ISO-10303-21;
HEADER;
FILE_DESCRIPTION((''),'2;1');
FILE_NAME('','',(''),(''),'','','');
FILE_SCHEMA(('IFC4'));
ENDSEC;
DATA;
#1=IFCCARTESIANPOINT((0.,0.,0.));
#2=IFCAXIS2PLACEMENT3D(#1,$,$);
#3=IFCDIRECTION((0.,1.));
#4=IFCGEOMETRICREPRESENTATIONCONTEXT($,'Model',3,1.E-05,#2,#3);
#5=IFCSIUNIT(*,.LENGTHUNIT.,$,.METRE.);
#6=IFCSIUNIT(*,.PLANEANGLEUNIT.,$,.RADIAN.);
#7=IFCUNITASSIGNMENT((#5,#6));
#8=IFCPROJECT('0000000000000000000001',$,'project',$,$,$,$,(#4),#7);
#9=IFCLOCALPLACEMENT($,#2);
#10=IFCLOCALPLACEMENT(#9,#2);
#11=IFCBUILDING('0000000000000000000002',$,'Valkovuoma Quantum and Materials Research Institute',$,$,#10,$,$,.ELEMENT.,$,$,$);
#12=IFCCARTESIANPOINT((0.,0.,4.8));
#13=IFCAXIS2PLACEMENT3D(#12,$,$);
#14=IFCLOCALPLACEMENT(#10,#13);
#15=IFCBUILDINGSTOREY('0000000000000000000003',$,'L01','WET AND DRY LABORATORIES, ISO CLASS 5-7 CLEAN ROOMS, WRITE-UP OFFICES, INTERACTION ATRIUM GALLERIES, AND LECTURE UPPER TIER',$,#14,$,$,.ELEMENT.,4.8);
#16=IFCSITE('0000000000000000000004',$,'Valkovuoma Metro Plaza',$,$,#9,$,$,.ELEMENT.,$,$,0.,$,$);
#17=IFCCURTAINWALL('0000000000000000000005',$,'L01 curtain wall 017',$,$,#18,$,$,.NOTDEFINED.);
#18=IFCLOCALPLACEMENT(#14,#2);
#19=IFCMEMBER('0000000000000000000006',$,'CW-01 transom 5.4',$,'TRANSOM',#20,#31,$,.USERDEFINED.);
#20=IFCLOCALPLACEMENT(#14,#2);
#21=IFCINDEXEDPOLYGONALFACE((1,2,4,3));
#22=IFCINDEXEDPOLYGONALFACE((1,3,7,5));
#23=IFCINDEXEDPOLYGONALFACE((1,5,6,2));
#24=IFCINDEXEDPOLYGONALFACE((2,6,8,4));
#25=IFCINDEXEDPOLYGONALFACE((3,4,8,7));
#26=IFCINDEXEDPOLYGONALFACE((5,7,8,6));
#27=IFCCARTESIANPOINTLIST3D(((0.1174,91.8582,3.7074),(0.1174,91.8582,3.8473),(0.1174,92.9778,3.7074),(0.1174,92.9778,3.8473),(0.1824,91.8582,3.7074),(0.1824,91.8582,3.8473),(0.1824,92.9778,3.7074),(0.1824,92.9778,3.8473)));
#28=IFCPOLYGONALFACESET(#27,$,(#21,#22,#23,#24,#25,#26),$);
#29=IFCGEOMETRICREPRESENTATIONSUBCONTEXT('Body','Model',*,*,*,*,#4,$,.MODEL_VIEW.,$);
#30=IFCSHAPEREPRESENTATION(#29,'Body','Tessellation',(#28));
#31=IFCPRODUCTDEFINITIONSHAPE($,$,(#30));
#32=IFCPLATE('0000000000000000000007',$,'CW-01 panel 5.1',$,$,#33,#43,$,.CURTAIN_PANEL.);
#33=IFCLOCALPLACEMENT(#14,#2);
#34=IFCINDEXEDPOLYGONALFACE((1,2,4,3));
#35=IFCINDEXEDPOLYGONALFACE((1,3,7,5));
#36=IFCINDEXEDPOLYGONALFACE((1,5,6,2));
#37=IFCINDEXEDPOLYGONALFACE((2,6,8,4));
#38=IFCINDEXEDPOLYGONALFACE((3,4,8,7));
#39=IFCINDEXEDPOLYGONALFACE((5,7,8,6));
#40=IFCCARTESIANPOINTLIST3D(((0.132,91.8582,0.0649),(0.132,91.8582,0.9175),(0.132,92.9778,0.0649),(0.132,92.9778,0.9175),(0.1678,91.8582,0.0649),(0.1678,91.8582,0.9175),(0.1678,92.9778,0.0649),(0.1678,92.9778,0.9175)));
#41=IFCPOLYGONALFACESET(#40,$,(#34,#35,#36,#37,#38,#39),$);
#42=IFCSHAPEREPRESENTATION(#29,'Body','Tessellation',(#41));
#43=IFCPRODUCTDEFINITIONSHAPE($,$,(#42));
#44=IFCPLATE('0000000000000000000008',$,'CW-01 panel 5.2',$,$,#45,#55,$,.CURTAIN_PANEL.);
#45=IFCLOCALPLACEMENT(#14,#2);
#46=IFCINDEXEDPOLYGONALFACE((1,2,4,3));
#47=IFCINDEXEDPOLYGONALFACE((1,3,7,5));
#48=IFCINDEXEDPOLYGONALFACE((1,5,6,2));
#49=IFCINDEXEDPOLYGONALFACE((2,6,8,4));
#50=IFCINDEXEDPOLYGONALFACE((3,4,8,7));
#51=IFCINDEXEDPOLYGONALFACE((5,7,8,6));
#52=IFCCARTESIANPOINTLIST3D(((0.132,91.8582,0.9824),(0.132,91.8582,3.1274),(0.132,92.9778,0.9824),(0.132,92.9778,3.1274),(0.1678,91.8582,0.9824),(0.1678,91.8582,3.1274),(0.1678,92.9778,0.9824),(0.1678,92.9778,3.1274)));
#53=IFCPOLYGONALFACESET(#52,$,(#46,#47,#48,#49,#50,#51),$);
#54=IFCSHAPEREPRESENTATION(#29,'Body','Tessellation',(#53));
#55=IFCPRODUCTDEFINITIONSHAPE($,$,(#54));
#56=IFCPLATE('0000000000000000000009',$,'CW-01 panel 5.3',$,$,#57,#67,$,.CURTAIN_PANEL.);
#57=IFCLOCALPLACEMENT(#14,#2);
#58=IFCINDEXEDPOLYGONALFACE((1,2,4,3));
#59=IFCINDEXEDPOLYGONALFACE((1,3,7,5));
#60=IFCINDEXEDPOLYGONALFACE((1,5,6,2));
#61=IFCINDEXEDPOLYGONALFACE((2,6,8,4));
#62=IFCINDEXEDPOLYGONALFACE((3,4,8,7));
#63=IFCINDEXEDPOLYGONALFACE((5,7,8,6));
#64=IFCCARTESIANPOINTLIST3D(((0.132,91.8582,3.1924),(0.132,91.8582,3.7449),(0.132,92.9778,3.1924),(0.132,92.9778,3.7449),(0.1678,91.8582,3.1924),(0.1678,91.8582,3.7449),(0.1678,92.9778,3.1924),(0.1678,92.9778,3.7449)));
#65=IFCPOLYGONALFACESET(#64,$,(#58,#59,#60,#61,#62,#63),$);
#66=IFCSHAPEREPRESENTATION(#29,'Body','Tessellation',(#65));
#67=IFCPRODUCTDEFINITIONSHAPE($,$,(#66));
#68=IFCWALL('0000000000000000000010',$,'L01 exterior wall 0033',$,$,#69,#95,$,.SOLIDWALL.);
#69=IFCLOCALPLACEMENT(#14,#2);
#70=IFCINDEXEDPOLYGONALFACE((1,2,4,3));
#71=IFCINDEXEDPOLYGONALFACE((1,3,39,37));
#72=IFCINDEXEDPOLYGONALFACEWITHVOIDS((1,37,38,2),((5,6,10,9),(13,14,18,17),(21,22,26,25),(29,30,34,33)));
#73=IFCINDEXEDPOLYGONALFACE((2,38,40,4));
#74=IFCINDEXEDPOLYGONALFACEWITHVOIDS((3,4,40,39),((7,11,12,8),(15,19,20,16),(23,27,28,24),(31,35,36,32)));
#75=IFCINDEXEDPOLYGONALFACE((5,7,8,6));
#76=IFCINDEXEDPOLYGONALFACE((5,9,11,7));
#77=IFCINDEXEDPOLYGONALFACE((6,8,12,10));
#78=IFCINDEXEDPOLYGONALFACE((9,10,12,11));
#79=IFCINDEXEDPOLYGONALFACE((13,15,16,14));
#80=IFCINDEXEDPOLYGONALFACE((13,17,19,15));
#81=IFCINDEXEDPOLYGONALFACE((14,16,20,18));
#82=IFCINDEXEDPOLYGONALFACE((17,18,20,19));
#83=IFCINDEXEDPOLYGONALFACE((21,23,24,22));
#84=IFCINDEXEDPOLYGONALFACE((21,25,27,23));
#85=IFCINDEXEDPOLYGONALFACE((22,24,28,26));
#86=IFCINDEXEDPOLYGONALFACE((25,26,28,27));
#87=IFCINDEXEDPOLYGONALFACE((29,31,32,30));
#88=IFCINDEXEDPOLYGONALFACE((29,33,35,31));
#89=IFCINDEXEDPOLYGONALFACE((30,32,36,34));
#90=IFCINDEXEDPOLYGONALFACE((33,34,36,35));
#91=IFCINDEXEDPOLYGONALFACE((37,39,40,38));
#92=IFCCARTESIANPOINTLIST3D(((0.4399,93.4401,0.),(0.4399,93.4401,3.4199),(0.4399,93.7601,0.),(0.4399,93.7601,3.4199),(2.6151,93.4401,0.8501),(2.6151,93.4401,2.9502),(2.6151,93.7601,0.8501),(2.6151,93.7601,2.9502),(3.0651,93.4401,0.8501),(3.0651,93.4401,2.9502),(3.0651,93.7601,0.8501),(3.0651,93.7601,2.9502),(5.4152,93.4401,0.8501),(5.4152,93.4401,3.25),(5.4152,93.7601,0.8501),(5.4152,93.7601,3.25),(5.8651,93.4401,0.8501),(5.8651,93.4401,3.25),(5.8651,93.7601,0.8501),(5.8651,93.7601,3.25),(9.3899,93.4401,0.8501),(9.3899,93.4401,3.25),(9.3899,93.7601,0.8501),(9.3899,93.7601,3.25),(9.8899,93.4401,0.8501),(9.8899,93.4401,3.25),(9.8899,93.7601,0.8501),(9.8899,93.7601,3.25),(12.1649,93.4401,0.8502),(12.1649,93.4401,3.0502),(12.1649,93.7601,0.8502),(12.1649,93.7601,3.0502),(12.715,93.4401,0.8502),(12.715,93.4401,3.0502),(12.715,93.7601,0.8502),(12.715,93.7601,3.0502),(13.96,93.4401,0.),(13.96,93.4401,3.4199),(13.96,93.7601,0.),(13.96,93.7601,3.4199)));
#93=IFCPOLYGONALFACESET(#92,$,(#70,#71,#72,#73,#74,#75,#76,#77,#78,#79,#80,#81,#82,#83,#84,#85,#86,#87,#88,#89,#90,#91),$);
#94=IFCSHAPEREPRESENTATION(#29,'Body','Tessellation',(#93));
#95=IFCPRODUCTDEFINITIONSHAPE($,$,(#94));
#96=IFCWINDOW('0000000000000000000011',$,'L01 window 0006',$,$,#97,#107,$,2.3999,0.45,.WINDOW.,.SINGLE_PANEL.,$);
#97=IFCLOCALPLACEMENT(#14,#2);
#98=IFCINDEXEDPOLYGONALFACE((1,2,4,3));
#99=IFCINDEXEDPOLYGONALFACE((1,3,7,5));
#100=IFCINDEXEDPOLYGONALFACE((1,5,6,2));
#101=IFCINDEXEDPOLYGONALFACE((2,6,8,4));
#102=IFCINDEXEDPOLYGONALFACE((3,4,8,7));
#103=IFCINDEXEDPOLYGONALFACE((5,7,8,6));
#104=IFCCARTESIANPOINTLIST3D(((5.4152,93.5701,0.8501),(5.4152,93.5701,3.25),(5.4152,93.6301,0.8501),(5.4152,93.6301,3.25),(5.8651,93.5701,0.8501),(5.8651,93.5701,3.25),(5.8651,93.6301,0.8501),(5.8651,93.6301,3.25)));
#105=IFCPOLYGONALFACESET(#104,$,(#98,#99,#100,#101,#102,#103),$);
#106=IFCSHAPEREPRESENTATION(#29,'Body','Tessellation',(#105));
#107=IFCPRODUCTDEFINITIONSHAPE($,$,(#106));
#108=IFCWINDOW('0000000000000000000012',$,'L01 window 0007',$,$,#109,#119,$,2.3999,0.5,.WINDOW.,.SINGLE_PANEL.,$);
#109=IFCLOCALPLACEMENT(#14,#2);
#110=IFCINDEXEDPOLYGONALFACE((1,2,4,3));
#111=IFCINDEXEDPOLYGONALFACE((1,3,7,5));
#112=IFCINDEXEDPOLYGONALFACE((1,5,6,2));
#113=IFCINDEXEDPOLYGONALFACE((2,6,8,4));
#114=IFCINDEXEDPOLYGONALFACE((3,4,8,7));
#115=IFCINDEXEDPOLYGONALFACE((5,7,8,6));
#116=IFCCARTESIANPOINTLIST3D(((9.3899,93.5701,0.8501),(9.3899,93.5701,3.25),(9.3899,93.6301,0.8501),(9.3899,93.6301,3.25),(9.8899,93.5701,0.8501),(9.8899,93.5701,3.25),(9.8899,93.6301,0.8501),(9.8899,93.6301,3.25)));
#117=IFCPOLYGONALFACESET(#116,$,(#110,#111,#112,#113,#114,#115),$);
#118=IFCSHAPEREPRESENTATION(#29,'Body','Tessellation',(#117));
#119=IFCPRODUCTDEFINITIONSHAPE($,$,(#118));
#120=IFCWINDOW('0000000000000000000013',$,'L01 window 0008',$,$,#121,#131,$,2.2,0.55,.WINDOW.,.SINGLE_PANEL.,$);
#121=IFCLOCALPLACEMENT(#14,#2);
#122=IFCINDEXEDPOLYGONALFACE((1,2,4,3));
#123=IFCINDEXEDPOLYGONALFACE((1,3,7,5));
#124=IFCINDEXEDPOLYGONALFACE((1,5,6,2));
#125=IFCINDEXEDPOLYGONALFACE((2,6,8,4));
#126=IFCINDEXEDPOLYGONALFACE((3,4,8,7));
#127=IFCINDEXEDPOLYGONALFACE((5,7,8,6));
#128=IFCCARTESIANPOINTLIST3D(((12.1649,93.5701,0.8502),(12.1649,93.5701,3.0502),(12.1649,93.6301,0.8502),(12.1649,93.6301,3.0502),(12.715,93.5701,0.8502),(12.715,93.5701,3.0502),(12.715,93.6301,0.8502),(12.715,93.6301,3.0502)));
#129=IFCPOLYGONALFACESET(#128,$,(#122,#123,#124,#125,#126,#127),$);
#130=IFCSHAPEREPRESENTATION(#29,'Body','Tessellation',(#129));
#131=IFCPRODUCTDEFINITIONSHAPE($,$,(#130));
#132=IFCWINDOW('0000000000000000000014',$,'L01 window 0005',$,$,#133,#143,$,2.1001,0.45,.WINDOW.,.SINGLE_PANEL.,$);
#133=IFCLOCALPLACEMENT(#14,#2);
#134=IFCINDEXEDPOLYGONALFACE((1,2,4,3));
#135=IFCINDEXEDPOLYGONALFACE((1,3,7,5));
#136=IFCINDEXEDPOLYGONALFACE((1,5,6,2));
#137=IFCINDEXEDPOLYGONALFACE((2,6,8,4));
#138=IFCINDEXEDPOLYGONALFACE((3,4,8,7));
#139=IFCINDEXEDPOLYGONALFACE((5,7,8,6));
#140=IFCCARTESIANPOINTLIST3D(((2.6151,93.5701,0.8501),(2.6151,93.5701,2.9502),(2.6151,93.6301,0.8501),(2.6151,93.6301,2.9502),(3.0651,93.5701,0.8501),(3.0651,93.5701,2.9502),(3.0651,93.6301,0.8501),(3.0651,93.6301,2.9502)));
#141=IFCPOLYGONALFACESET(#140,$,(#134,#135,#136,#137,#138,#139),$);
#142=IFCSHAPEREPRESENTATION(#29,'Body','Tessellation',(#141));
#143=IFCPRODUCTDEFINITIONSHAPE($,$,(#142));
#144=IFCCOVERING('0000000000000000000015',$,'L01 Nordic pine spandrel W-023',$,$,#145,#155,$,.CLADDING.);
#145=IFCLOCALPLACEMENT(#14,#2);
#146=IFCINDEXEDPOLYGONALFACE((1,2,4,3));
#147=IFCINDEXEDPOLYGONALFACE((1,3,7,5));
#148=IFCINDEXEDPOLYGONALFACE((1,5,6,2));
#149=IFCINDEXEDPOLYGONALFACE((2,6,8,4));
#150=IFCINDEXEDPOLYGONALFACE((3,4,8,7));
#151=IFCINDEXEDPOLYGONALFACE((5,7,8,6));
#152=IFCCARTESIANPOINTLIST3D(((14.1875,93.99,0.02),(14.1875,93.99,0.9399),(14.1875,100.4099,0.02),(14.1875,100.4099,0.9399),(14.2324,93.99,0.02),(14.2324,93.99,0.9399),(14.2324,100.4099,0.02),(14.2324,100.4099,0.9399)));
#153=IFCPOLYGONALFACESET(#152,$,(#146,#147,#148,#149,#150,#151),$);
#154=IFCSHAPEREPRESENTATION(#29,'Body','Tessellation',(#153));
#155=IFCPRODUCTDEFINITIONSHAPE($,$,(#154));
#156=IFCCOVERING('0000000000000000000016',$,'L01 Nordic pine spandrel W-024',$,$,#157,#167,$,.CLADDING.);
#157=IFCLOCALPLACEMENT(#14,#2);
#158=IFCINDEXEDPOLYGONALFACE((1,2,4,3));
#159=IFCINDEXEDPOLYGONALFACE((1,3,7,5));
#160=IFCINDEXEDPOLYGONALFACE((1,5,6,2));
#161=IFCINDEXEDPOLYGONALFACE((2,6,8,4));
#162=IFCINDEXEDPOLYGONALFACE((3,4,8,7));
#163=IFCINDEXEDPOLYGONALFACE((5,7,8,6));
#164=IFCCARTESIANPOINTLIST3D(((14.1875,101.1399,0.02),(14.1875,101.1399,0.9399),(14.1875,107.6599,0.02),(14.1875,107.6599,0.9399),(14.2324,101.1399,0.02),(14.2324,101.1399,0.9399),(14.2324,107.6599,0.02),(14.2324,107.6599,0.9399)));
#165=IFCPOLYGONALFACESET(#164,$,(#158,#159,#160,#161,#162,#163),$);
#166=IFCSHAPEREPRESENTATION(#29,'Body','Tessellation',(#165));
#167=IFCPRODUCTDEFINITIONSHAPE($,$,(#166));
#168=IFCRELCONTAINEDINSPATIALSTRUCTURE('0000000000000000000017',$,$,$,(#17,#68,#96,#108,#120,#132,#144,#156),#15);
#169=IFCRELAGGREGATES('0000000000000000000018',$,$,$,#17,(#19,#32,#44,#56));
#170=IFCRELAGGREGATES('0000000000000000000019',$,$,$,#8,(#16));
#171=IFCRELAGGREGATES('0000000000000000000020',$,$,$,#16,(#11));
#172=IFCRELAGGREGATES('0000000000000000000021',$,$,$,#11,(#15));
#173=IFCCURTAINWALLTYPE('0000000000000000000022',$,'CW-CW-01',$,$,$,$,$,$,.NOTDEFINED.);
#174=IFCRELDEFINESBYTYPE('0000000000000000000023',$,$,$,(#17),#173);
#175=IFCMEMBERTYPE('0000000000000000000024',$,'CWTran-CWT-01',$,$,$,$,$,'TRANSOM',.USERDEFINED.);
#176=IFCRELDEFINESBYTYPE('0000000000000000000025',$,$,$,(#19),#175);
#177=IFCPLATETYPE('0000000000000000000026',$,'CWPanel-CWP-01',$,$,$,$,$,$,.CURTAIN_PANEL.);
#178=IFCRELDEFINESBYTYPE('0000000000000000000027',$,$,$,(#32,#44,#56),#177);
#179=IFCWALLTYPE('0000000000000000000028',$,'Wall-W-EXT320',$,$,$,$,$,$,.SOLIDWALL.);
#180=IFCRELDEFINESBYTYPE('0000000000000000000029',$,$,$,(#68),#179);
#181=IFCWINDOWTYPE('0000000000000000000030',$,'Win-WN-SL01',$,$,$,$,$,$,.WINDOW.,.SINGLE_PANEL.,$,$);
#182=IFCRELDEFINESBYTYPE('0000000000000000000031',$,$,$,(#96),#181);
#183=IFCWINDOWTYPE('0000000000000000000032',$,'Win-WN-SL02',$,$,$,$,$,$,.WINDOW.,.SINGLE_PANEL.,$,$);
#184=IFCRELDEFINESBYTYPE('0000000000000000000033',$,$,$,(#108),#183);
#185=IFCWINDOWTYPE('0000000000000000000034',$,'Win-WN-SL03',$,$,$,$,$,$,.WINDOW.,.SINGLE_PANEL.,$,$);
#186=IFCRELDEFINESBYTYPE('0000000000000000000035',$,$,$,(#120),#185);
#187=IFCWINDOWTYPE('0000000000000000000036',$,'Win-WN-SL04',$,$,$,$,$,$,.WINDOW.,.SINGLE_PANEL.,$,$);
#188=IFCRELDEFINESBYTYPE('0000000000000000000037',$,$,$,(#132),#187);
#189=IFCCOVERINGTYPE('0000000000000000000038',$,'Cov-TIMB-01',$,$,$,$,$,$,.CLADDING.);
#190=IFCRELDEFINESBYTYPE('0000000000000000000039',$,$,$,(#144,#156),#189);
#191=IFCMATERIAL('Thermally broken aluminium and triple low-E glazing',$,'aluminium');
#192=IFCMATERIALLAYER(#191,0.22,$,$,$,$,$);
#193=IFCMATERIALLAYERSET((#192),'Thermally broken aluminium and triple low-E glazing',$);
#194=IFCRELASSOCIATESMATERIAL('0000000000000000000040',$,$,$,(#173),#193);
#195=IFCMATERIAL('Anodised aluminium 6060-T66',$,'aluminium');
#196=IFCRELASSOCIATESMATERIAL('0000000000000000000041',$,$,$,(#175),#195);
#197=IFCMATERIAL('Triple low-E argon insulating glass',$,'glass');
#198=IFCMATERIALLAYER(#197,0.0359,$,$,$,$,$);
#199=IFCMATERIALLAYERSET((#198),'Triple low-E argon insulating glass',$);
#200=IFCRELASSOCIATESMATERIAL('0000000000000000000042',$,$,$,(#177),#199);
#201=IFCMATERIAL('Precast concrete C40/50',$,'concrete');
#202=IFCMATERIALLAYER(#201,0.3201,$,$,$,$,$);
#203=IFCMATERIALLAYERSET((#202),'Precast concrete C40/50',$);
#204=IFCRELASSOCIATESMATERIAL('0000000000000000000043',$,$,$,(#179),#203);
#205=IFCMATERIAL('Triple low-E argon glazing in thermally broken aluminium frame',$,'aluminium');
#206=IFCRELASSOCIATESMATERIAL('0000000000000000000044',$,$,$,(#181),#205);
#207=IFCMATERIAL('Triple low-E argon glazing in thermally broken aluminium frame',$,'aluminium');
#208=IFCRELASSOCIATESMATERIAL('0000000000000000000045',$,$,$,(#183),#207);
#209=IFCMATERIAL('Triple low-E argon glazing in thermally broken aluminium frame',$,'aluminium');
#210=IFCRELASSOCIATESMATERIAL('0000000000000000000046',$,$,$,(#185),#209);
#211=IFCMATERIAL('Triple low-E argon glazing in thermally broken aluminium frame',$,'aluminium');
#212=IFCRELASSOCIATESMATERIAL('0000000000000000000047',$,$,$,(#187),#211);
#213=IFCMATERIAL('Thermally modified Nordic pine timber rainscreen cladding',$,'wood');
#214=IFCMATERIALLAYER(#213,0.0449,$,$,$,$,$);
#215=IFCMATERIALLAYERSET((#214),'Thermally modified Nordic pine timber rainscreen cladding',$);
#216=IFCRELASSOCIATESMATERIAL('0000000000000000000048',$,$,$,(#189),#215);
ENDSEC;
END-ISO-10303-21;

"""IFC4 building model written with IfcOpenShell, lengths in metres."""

from ifc_helpers import new_model, si_unit, direction, frame, frame_2d, origin, origin_2d, place, context, subcontext, project, spatial, rectangle, extrude, material, layer, layer_set, material_profile, profile_set, type_object, element, fill, aggregate, save


model = new_model("IFC4")

# Units and contexts
model_context = context("Model", 3, precision=1e-05, world=origin(), true_north=direction((0.0, 1.0)))
body_context = subcontext(model_context, "Body", "Model", "MODEL_VIEW")
ifc_project = project(units=[si_unit("LENGTHUNIT", "METRE"), si_unit("PLANEANGLEUNIT", "RADIAN")], contexts=[model_context])

# Site, building, storey
site_placement = place(None, origin())
site = spatial("IfcSite", under=ifc_project, at=site_placement, Name="Valkovuoma Metro Plaza", CompositionType="ELEMENT", RefElevation=0.0)
building_placement = place(site_placement, origin())
building = spatial("IfcBuilding", under=site, at=building_placement, Name="Valkovuoma Quantum and Materials Research Institute", CompositionType="ELEMENT")
storey_placement = place(building_placement, frame((0.0, 0.0, 4.8)))
storey = spatial("IfcBuildingStorey", under=building, at=storey_placement, Name="L01", Description="WET AND DRY LABORATORIES, ISO CLASS 5-7 CLEAN ROOMS, WRITE-UP OFFICES, INTERACTION ATRIUM GALLERIES, AND LECTURE UPPER TIER", CompositionType="ELEMENT", Elevation=4.8)

# Curtain wall, member, plates
ifc_material_1 = material(Name="Thermally broken aluminium and triple low-E glazing", Category="aluminium")
ifc_layer_1 = layer(ifc_material_1, 0.22)
ifc_layer_set_1 = layer_set([ifc_layer_1], Name="Thermally broken aluminium and triple low-E glazing")
curtain_wall_type = type_object("IfcCurtainWallType", Name="CW-CW-01", PredefinedType="NOTDEFINED", material=ifc_layer_set_1)
curtain_wall_placement = place(storey_placement, origin())
curtain_wall = element("IfcCurtainWall", 1, at=curtain_wall_placement, inside=storey, type_object=curtain_wall_type, Name="L01 curtain wall 017", PredefinedType="NOTDEFINED")
ifc_material_2 = material(Name="Anodised aluminium 6060-T66", Category="aluminium")
ifc_material_profile_1 = material_profile(ifc_material_2, rectangle(XDim=0.0649, YDim=0.1399, at=origin_2d()), Name="Anodised aluminium 6060-T66")
ifc_profile_set_1 = profile_set([ifc_material_profile_1], Name="Anodised aluminium 6060-T66")
member_type_1 = type_object("IfcMemberType", Name="CWTran-CWT-01", ElementType="TRANSOM", PredefinedType="USERDEFINED", material=ifc_profile_set_1)
member_1_placement = place(storey_placement, frame((0.1499, 91.8582, 3.7773), z_axis=(0.0, 1.0, 0.0), x_axis=(-1.0, 0.0, 0.0)))
member_1 = element("IfcMember", 2, at=member_1_placement, type_object=member_type_1, Name="CW-01 transom 5.4", ObjectType="TRANSOM", PredefinedType="USERDEFINED", context=body_context, shape_type="SweptSolid", body=[
    extrude(rectangle(XDim=0.0649, YDim=0.1399, at=origin_2d()), origin(), (0.0, 0.0, 1.0), 1.1196),
])
ifc_material_3 = material(Name="Triple low-E argon insulating glass", Category="glass")
ifc_layer_2 = layer(ifc_material_3, 0.0359)
ifc_layer_set_2 = layer_set([ifc_layer_2], Name="Triple low-E argon insulating glass")
plate_type = type_object("IfcPlateType", Name="CWPanel-CWP-01", PredefinedType="CURTAIN_PANEL", material=ifc_layer_set_2)
plate_1_placement = place(storey_placement, frame((0.1499, 92.418, 0.0649), z_axis=(0.0, 0.0, 1.0), x_axis=(0.0, 1.0, 0.0)))
plate_1 = element("IfcPlate", 3, at=plate_1_placement, type_object=plate_type, Name="CW-01 panel 5.1", PredefinedType="CURTAIN_PANEL", context=body_context, shape_type="SweptSolid", body=[
    extrude(rectangle(XDim=1.1196, YDim=0.0359, at=origin_2d()), origin(), (0.0, 0.0, 1.0), 0.8525),
])
plate_2_placement = place(storey_placement, frame((0.1499, 92.418, 0.9824), z_axis=(0.0, 0.0, 1.0), x_axis=(0.0, 1.0, 0.0)))
plate_2 = element("IfcPlate", 4, at=plate_2_placement, type_object=plate_type, Name="CW-01 panel 5.2", PredefinedType="CURTAIN_PANEL", context=body_context, shape_type="SweptSolid", body=[
    extrude(rectangle(XDim=1.1196, YDim=0.0359, at=origin_2d()), origin(), (0.0, 0.0, 1.0), 2.145),
])
plate_3_placement = place(storey_placement, frame((0.1499, 92.418, 3.1924), z_axis=(0.0, 0.0, 1.0), x_axis=(0.0, 1.0, 0.0)))
plate_3 = element("IfcPlate", 5, at=plate_3_placement, type_object=plate_type, Name="CW-01 panel 5.3", PredefinedType="CURTAIN_PANEL", context=body_context, shape_type="SweptSolid", body=[
    extrude(rectangle(XDim=1.1196, YDim=0.0359, at=origin_2d()), origin(), (0.0, 0.0, 1.0), 0.5525),
])
aggregate(curtain_wall, [member_1, plate_1, plate_2, plate_3])

# Wall, openings, windows
ifc_material_4 = material(Name="Precast concrete C40/50", Category="concrete")
ifc_layer_3 = layer(ifc_material_4, 0.3201)
ifc_layer_set_3 = layer_set([ifc_layer_3], Name="Precast concrete C40/50")
wall_type = type_object("IfcWallType", Name="Wall-W-EXT320", PredefinedType="SOLIDWALL", material=ifc_layer_set_3)
wall_placement = place(storey_placement, frame((0.4399, 93.6001, 0.0), z_axis=(0.0, 0.0, 1.0), x_axis=(1.0, 0.0, 0.0)))
wall = element("IfcWall", 6, at=wall_placement, inside=storey, type_object=wall_type, Name="L01 exterior wall 0033", PredefinedType="SOLIDWALL", context=body_context, shape_type="SweptSolid", body=[
    extrude(rectangle(XDim=13.52, YDim=0.3201, at=frame_2d((6.76, 0.0))), origin(), (0.0, 0.0, 1.0), 3.4199),
])
opening_1_placement = place(wall_placement, frame((2.175, 0.0, 0.8501)))
opening_1 = element("IfcOpeningElement", 7, at=opening_1_placement, cuts=wall, PredefinedType="OPENING", context=body_context, shape_type="SweptSolid", body=[
    extrude(rectangle(XDim=0.45, YDim=2.1001, at=frame_2d((0.2251, 1.05))), frame((0.0, 0.1699, 0.0), z_axis=(0.0, -1.0, 0.0), x_axis=(1.0, 0.0, 0.0)), (0.0, 0.0, 1.0), 0.3401),
])
opening_2_placement = place(wall_placement, frame((4.9751, 0.0, 0.8501)))
opening_2 = element("IfcOpeningElement", 8, at=opening_2_placement, cuts=wall, PredefinedType="OPENING", context=body_context, shape_type="SweptSolid", body=[
    extrude(rectangle(XDim=0.45, YDim=2.3999, at=frame_2d((0.2251, 1.2))), frame((0.0, 0.1699, 0.0), z_axis=(0.0, -1.0, 0.0), x_axis=(1.0, 0.0, 0.0)), (0.0, 0.0, 1.0), 0.3401),
])
opening_3_placement = place(wall_placement, frame((8.95, 0.0, 0.8501)))
opening_3 = element("IfcOpeningElement", 9, at=opening_3_placement, cuts=wall, PredefinedType="OPENING", context=body_context, shape_type="SweptSolid", body=[
    extrude(rectangle(XDim=0.5, YDim=2.3999, at=frame_2d((0.25, 1.2))), frame((0.0, 0.1699, 0.0), z_axis=(0.0, -1.0, 0.0), x_axis=(1.0, 0.0, 0.0)), (0.0, 0.0, 1.0), 0.3401),
])
opening_4_placement = place(wall_placement, frame((11.7251, 0.0, 0.8501)))
opening_4 = element("IfcOpeningElement", 10, at=opening_4_placement, cuts=wall, PredefinedType="OPENING", context=body_context, shape_type="SweptSolid", body=[
    extrude(rectangle(XDim=0.55, YDim=2.2, at=frame_2d((0.2749, 1.1001))), frame((0.0, 0.1699, 0.0), z_axis=(0.0, -1.0, 0.0), x_axis=(1.0, 0.0, 0.0)), (0.0, 0.0, 1.0), 0.3401),
])
ifc_material_5 = material(Name="Triple low-E argon glazing in thermally broken aluminium frame", Category="aluminium")
window_type_1 = type_object("IfcWindowType", Name="Win-WN-SL01", PartitioningType="SINGLE_PANEL", PredefinedType="WINDOW", material=ifc_material_5)
window_1_placement = place(opening_2_placement, origin())
window_1 = element("IfcWindow", 11, at=window_1_placement, inside=storey, type_object=window_type_1, Name="L01 window 0006", OverallHeight=2.3999, OverallWidth=0.45, PartitioningType="SINGLE_PANEL", PredefinedType="WINDOW", context=body_context, shape_type="SweptSolid", body=[
    extrude(rectangle(XDim=0.45, YDim=2.3999, at=frame_2d((0.2251, 1.2))), frame((0.0, 0.03, 0.0), z_axis=(0.0, -1.0, 0.0), x_axis=(1.0, 0.0, 0.0)), (0.0, 0.0, 1.0), 0.0601),
])
fill(opening_2, window_1)
ifc_material_6 = material(Name="Triple low-E argon glazing in thermally broken aluminium frame", Category="aluminium")
window_type_2 = type_object("IfcWindowType", Name="Win-WN-SL02", PartitioningType="SINGLE_PANEL", PredefinedType="WINDOW", material=ifc_material_6)
window_2_placement = place(opening_3_placement, origin())
window_2 = element("IfcWindow", 12, at=window_2_placement, inside=storey, type_object=window_type_2, Name="L01 window 0007", OverallHeight=2.3999, OverallWidth=0.5, PartitioningType="SINGLE_PANEL", PredefinedType="WINDOW", context=body_context, shape_type="SweptSolid", body=[
    extrude(rectangle(XDim=0.5, YDim=2.3999, at=frame_2d((0.25, 1.2))), frame((0.0, 0.03, 0.0), z_axis=(0.0, -1.0, 0.0), x_axis=(1.0, 0.0, 0.0)), (0.0, 0.0, 1.0), 0.0601),
])
fill(opening_3, window_2)
ifc_material_7 = material(Name="Triple low-E argon glazing in thermally broken aluminium frame", Category="aluminium")
window_type_3 = type_object("IfcWindowType", Name="Win-WN-SL03", PartitioningType="SINGLE_PANEL", PredefinedType="WINDOW", material=ifc_material_7)
window_3_placement = place(opening_4_placement, origin())
window_3 = element("IfcWindow", 13, at=window_3_placement, inside=storey, type_object=window_type_3, Name="L01 window 0008", OverallHeight=2.2, OverallWidth=0.55, PartitioningType="SINGLE_PANEL", PredefinedType="WINDOW", context=body_context, shape_type="SweptSolid", body=[
    extrude(rectangle(XDim=0.55, YDim=2.2, at=frame_2d((0.2749, 1.1001))), frame((0.0, 0.03, 0.0), z_axis=(0.0, -1.0, 0.0), x_axis=(1.0, 0.0, 0.0)), (0.0, 0.0, 1.0), 0.0601),
])
fill(opening_4, window_3)
ifc_material_8 = material(Name="Triple low-E argon glazing in thermally broken aluminium frame", Category="aluminium")
window_type_4 = type_object("IfcWindowType", Name="Win-WN-SL04", PartitioningType="SINGLE_PANEL", PredefinedType="WINDOW", material=ifc_material_8)
window_4_placement = place(opening_1_placement, origin())
window_4 = element("IfcWindow", 14, at=window_4_placement, inside=storey, type_object=window_type_4, Name="L01 window 0005", OverallHeight=2.1001, OverallWidth=0.45, PartitioningType="SINGLE_PANEL", PredefinedType="WINDOW", context=body_context, shape_type="SweptSolid", body=[
    extrude(rectangle(XDim=0.45, YDim=2.1001, at=frame_2d((0.2251, 1.05))), frame((0.0, 0.03, 0.0), z_axis=(0.0, -1.0, 0.0), x_axis=(1.0, 0.0, 0.0)), (0.0, 0.0, 1.0), 0.0601),
])
fill(opening_1, window_4)

# Coverings
ifc_material_9 = material(Name="Thermally modified Nordic pine timber rainscreen cladding", Category="wood")
ifc_layer_4 = layer(ifc_material_9, 0.0449)
ifc_layer_set_4 = layer_set([ifc_layer_4], Name="Thermally modified Nordic pine timber rainscreen cladding")
covering_type_1 = type_object("IfcCoveringType", Name="Cov-TIMB-01", PredefinedType="CLADDING", material=ifc_layer_set_4)
covering_1_placement = place(storey_placement, frame((14.21, 97.2, 0.02), z_axis=(0.0, 0.0, 1.0), x_axis=(1.0, 0.0, 0.0)))
element("IfcCovering", 15, at=covering_1_placement, inside=storey, type_object=covering_type_1, Name="L01 Nordic pine spandrel W-023", PredefinedType="CLADDING", context=body_context, shape_type="SweptSolid", body=[
    extrude(rectangle(XDim=0.0449, YDim=6.4199, at=origin_2d()), origin(), (0.0, 0.0, 1.0), 0.9199),
])
covering_2_placement = place(storey_placement, frame((14.21, 104.3999, 0.02), z_axis=(0.0, 0.0, 1.0), x_axis=(1.0, 0.0, 0.0)))
element("IfcCovering", 16, at=covering_2_placement, inside=storey, type_object=covering_type_1, Name="L01 Nordic pine spandrel W-024", PredefinedType="CLADDING", context=body_context, shape_type="SweptSolid", body=[
    extrude(rectangle(XDim=0.0449, YDim=6.52, at=origin_2d()), origin(), (0.0, 0.0, 1.0), 0.9199),
])

save(model, "model.ifc")
